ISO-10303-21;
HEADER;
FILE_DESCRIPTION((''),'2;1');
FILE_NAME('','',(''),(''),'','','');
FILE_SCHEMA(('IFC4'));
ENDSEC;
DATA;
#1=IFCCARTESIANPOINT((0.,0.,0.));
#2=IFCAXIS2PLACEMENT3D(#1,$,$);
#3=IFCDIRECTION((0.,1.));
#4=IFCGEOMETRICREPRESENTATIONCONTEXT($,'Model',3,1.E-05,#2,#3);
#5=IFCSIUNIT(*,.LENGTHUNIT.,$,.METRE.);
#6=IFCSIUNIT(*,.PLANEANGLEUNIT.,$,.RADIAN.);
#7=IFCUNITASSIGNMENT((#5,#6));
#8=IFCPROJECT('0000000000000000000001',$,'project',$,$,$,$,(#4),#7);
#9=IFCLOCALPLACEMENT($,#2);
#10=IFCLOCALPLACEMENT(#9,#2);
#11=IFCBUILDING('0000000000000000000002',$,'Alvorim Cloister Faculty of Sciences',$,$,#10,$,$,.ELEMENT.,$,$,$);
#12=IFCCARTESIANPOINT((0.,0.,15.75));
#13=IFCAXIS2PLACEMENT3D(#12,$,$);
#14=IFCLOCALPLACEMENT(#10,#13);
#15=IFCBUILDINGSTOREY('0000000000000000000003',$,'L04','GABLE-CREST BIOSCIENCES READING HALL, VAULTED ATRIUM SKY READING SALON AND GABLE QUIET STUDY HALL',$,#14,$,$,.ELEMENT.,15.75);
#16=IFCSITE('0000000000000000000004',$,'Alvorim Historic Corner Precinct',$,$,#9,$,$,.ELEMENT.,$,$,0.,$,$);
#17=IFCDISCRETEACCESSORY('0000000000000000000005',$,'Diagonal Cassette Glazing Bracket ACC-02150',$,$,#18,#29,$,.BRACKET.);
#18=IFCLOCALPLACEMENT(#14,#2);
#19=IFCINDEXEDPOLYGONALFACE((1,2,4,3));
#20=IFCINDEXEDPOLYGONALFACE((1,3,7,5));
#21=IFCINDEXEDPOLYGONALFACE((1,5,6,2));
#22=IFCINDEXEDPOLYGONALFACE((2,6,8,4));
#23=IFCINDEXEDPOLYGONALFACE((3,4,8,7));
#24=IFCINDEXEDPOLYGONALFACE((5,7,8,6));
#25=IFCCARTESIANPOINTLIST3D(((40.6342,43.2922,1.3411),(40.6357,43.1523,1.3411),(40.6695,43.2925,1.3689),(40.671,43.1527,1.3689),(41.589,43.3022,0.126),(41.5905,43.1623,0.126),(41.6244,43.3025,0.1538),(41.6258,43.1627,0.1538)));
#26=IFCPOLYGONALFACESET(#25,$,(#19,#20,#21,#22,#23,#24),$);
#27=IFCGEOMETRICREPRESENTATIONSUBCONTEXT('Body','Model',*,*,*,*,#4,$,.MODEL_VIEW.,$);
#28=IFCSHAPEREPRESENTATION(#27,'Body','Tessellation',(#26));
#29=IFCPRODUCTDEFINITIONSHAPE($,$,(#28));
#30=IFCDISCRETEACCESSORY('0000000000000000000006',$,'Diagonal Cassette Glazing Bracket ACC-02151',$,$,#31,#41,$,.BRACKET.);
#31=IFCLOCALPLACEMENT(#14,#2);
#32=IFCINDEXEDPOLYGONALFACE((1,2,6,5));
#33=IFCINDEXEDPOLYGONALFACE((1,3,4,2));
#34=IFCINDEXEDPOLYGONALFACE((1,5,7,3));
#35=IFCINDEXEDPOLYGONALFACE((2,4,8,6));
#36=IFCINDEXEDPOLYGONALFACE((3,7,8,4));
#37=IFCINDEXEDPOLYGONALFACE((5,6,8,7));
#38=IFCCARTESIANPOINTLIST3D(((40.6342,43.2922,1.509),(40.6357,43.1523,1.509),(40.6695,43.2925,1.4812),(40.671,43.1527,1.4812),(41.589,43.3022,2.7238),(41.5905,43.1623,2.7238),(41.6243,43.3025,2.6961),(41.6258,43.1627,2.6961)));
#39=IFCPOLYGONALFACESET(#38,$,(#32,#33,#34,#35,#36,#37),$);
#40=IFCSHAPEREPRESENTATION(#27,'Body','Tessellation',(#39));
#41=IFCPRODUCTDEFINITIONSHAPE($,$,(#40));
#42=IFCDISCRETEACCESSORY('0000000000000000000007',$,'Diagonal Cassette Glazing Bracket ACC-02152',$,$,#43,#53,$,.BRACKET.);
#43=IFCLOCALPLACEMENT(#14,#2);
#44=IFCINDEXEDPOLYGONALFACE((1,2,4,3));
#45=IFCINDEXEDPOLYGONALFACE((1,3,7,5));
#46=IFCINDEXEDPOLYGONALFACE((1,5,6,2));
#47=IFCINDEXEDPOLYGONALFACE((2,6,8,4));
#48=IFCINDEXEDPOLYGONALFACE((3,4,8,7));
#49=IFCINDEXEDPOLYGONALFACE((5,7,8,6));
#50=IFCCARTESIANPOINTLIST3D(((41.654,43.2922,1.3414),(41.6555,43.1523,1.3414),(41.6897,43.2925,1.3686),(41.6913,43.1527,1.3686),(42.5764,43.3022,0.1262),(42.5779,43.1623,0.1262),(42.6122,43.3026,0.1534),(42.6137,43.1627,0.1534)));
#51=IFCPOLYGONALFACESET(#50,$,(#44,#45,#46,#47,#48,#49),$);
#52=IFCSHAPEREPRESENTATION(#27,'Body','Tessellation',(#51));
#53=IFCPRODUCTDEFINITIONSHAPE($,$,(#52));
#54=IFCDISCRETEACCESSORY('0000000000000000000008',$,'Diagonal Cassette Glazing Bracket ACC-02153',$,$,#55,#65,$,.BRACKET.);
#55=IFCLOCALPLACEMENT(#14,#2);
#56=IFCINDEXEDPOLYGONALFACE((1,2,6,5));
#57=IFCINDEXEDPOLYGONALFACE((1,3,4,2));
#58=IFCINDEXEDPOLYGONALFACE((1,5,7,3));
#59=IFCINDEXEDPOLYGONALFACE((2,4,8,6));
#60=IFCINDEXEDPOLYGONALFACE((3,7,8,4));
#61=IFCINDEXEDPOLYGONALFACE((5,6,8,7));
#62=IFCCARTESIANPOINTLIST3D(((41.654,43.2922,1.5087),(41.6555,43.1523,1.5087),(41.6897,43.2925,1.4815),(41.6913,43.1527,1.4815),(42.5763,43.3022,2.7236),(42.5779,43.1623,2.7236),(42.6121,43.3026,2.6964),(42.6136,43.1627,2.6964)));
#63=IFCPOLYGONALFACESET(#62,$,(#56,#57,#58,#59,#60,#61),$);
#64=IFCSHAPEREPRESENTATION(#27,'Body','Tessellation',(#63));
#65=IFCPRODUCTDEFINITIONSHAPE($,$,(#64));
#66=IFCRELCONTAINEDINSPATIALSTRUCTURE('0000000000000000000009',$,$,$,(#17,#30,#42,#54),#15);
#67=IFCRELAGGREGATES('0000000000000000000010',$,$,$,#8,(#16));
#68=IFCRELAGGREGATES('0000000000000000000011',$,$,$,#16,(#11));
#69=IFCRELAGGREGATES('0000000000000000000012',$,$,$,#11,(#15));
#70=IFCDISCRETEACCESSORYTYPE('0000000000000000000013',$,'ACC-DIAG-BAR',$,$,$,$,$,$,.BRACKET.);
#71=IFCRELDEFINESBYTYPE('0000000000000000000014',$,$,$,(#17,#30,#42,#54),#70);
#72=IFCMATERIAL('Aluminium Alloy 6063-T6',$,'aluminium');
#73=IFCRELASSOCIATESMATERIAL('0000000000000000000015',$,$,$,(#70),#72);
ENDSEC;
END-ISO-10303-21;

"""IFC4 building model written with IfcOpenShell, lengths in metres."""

from ifc_helpers import new_model, si_unit, direction, frame, origin, origin_2d, place, context, subcontext, project, spatial, rectangle, extrude, material, type_object, element, save


model = new_model("IFC4")

# Units and contexts
model_context = context("Model", 3, precision=1e-05, world=origin(), true_north=direction((0.0, 1.0)))
body_context = subcontext(model_context, "Body", "Model", "MODEL_VIEW")
ifc_project = project(units=[si_unit("LENGTHUNIT", "METRE"), si_unit("PLANEANGLEUNIT", "RADIAN")], contexts=[model_context])

# Site, building, storey
site_placement = place(None, origin())
site = spatial("IfcSite", under=ifc_project, at=site_placement, Name="Alvorim Historic Corner Precinct", CompositionType="ELEMENT", RefElevation=0.0)
building_placement = place(site_placement, origin())
building = spatial("IfcBuilding", under=site, at=building_placement, Name="Alvorim Cloister Faculty of Sciences", CompositionType="ELEMENT")
storey_placement = place(building_placement, frame((0.0, 0.0, 15.75)))
storey = spatial("IfcBuildingStorey", under=building, at=storey_placement, Name="L04", Description="GABLE-CREST BIOSCIENCES READING HALL, VAULTED ATRIUM SKY READING SALON AND GABLE QUIET STUDY HALL", CompositionType="ELEMENT", Elevation=15.75)

# Shared definitions
ifc_material_1 = material(Name="Aluminium Alloy 6063-T6", Category="aluminium")

# Discrete accessories
discrete_accessory_type = type_object("IfcDiscreteAccessoryType", Name="ACC-DIAG-BAR", PredefinedType="BRACKET", material=ifc_material_1)
discrete_accessory_1_placement = place(storey_placement, frame((40.6526, 43.2224, 1.355), z_axis=(0.617857, 0.006477, -0.786263), x_axis=(-0.010483, 0.999945, 0.0)))
element("IfcDiscreteAccessory", 1, at=discrete_accessory_1_placement, inside=storey, type_object=discrete_accessory_type, Name="Diagonal Cassette Glazing Bracket ACC-02150", PredefinedType="BRACKET", context=body_context, shape_type="SweptSolid", body=[
    extrude(rectangle(XDim=0.1399, YDim=0.0449, at=origin_2d()), origin(), (0.0, 0.0, 1.0), 1.5454),
])
discrete_accessory_2_placement = place(storey_placement, frame((40.6526, 43.2224, 1.4951), z_axis=(0.617934, 0.006478, 0.786203), x_axis=(-0.010483, 0.999945, 0.0)))
element("IfcDiscreteAccessory", 2, at=discrete_accessory_2_placement, inside=storey, type_object=discrete_accessory_type, Name="Diagonal Cassette Glazing Bracket ACC-02151", PredefinedType="BRACKET", context=body_context, shape_type="SweptSolid", body=[
    extrude(rectangle(XDim=0.1399, YDim=0.0449, at=origin_2d()), origin(), (0.0, 0.0, 1.0), 1.5452),
])
discrete_accessory_3_placement = place(storey_placement, frame((41.6726, 43.2224, 1.355), z_axis=(0.604612, 0.006561, -0.796493), x_axis=(-0.010852, 0.999941, 0.0)))
element("IfcDiscreteAccessory", 3, at=discrete_accessory_3_placement, inside=storey, type_object=discrete_accessory_type, Name="Diagonal Cassette Glazing Bracket ACC-02152", PredefinedType="BRACKET", context=body_context, shape_type="SweptSolid", body=[
    extrude(rectangle(XDim=0.1399, YDim=0.0449, at=origin_2d()), origin(), (0.0, 0.0, 1.0), 1.5256),
])
discrete_accessory_4_placement = place(storey_placement, frame((41.6726, 43.2224, 1.4951), z_axis=(0.604689, 0.006562, 0.796435), x_axis=(-0.010852, 0.999941, 0.0)))
element("IfcDiscreteAccessory", 4, at=discrete_accessory_4_placement, inside=storey, type_object=discrete_accessory_type, Name="Diagonal Cassette Glazing Bracket ACC-02153", PredefinedType="BRACKET", context=body_context, shape_type="SweptSolid", body=[
    extrude(rectangle(XDim=0.1399, YDim=0.0449, at=origin_2d()), origin(), (0.0, 0.0, 1.0), 1.5254),
])

save(model, "model.ifc")
